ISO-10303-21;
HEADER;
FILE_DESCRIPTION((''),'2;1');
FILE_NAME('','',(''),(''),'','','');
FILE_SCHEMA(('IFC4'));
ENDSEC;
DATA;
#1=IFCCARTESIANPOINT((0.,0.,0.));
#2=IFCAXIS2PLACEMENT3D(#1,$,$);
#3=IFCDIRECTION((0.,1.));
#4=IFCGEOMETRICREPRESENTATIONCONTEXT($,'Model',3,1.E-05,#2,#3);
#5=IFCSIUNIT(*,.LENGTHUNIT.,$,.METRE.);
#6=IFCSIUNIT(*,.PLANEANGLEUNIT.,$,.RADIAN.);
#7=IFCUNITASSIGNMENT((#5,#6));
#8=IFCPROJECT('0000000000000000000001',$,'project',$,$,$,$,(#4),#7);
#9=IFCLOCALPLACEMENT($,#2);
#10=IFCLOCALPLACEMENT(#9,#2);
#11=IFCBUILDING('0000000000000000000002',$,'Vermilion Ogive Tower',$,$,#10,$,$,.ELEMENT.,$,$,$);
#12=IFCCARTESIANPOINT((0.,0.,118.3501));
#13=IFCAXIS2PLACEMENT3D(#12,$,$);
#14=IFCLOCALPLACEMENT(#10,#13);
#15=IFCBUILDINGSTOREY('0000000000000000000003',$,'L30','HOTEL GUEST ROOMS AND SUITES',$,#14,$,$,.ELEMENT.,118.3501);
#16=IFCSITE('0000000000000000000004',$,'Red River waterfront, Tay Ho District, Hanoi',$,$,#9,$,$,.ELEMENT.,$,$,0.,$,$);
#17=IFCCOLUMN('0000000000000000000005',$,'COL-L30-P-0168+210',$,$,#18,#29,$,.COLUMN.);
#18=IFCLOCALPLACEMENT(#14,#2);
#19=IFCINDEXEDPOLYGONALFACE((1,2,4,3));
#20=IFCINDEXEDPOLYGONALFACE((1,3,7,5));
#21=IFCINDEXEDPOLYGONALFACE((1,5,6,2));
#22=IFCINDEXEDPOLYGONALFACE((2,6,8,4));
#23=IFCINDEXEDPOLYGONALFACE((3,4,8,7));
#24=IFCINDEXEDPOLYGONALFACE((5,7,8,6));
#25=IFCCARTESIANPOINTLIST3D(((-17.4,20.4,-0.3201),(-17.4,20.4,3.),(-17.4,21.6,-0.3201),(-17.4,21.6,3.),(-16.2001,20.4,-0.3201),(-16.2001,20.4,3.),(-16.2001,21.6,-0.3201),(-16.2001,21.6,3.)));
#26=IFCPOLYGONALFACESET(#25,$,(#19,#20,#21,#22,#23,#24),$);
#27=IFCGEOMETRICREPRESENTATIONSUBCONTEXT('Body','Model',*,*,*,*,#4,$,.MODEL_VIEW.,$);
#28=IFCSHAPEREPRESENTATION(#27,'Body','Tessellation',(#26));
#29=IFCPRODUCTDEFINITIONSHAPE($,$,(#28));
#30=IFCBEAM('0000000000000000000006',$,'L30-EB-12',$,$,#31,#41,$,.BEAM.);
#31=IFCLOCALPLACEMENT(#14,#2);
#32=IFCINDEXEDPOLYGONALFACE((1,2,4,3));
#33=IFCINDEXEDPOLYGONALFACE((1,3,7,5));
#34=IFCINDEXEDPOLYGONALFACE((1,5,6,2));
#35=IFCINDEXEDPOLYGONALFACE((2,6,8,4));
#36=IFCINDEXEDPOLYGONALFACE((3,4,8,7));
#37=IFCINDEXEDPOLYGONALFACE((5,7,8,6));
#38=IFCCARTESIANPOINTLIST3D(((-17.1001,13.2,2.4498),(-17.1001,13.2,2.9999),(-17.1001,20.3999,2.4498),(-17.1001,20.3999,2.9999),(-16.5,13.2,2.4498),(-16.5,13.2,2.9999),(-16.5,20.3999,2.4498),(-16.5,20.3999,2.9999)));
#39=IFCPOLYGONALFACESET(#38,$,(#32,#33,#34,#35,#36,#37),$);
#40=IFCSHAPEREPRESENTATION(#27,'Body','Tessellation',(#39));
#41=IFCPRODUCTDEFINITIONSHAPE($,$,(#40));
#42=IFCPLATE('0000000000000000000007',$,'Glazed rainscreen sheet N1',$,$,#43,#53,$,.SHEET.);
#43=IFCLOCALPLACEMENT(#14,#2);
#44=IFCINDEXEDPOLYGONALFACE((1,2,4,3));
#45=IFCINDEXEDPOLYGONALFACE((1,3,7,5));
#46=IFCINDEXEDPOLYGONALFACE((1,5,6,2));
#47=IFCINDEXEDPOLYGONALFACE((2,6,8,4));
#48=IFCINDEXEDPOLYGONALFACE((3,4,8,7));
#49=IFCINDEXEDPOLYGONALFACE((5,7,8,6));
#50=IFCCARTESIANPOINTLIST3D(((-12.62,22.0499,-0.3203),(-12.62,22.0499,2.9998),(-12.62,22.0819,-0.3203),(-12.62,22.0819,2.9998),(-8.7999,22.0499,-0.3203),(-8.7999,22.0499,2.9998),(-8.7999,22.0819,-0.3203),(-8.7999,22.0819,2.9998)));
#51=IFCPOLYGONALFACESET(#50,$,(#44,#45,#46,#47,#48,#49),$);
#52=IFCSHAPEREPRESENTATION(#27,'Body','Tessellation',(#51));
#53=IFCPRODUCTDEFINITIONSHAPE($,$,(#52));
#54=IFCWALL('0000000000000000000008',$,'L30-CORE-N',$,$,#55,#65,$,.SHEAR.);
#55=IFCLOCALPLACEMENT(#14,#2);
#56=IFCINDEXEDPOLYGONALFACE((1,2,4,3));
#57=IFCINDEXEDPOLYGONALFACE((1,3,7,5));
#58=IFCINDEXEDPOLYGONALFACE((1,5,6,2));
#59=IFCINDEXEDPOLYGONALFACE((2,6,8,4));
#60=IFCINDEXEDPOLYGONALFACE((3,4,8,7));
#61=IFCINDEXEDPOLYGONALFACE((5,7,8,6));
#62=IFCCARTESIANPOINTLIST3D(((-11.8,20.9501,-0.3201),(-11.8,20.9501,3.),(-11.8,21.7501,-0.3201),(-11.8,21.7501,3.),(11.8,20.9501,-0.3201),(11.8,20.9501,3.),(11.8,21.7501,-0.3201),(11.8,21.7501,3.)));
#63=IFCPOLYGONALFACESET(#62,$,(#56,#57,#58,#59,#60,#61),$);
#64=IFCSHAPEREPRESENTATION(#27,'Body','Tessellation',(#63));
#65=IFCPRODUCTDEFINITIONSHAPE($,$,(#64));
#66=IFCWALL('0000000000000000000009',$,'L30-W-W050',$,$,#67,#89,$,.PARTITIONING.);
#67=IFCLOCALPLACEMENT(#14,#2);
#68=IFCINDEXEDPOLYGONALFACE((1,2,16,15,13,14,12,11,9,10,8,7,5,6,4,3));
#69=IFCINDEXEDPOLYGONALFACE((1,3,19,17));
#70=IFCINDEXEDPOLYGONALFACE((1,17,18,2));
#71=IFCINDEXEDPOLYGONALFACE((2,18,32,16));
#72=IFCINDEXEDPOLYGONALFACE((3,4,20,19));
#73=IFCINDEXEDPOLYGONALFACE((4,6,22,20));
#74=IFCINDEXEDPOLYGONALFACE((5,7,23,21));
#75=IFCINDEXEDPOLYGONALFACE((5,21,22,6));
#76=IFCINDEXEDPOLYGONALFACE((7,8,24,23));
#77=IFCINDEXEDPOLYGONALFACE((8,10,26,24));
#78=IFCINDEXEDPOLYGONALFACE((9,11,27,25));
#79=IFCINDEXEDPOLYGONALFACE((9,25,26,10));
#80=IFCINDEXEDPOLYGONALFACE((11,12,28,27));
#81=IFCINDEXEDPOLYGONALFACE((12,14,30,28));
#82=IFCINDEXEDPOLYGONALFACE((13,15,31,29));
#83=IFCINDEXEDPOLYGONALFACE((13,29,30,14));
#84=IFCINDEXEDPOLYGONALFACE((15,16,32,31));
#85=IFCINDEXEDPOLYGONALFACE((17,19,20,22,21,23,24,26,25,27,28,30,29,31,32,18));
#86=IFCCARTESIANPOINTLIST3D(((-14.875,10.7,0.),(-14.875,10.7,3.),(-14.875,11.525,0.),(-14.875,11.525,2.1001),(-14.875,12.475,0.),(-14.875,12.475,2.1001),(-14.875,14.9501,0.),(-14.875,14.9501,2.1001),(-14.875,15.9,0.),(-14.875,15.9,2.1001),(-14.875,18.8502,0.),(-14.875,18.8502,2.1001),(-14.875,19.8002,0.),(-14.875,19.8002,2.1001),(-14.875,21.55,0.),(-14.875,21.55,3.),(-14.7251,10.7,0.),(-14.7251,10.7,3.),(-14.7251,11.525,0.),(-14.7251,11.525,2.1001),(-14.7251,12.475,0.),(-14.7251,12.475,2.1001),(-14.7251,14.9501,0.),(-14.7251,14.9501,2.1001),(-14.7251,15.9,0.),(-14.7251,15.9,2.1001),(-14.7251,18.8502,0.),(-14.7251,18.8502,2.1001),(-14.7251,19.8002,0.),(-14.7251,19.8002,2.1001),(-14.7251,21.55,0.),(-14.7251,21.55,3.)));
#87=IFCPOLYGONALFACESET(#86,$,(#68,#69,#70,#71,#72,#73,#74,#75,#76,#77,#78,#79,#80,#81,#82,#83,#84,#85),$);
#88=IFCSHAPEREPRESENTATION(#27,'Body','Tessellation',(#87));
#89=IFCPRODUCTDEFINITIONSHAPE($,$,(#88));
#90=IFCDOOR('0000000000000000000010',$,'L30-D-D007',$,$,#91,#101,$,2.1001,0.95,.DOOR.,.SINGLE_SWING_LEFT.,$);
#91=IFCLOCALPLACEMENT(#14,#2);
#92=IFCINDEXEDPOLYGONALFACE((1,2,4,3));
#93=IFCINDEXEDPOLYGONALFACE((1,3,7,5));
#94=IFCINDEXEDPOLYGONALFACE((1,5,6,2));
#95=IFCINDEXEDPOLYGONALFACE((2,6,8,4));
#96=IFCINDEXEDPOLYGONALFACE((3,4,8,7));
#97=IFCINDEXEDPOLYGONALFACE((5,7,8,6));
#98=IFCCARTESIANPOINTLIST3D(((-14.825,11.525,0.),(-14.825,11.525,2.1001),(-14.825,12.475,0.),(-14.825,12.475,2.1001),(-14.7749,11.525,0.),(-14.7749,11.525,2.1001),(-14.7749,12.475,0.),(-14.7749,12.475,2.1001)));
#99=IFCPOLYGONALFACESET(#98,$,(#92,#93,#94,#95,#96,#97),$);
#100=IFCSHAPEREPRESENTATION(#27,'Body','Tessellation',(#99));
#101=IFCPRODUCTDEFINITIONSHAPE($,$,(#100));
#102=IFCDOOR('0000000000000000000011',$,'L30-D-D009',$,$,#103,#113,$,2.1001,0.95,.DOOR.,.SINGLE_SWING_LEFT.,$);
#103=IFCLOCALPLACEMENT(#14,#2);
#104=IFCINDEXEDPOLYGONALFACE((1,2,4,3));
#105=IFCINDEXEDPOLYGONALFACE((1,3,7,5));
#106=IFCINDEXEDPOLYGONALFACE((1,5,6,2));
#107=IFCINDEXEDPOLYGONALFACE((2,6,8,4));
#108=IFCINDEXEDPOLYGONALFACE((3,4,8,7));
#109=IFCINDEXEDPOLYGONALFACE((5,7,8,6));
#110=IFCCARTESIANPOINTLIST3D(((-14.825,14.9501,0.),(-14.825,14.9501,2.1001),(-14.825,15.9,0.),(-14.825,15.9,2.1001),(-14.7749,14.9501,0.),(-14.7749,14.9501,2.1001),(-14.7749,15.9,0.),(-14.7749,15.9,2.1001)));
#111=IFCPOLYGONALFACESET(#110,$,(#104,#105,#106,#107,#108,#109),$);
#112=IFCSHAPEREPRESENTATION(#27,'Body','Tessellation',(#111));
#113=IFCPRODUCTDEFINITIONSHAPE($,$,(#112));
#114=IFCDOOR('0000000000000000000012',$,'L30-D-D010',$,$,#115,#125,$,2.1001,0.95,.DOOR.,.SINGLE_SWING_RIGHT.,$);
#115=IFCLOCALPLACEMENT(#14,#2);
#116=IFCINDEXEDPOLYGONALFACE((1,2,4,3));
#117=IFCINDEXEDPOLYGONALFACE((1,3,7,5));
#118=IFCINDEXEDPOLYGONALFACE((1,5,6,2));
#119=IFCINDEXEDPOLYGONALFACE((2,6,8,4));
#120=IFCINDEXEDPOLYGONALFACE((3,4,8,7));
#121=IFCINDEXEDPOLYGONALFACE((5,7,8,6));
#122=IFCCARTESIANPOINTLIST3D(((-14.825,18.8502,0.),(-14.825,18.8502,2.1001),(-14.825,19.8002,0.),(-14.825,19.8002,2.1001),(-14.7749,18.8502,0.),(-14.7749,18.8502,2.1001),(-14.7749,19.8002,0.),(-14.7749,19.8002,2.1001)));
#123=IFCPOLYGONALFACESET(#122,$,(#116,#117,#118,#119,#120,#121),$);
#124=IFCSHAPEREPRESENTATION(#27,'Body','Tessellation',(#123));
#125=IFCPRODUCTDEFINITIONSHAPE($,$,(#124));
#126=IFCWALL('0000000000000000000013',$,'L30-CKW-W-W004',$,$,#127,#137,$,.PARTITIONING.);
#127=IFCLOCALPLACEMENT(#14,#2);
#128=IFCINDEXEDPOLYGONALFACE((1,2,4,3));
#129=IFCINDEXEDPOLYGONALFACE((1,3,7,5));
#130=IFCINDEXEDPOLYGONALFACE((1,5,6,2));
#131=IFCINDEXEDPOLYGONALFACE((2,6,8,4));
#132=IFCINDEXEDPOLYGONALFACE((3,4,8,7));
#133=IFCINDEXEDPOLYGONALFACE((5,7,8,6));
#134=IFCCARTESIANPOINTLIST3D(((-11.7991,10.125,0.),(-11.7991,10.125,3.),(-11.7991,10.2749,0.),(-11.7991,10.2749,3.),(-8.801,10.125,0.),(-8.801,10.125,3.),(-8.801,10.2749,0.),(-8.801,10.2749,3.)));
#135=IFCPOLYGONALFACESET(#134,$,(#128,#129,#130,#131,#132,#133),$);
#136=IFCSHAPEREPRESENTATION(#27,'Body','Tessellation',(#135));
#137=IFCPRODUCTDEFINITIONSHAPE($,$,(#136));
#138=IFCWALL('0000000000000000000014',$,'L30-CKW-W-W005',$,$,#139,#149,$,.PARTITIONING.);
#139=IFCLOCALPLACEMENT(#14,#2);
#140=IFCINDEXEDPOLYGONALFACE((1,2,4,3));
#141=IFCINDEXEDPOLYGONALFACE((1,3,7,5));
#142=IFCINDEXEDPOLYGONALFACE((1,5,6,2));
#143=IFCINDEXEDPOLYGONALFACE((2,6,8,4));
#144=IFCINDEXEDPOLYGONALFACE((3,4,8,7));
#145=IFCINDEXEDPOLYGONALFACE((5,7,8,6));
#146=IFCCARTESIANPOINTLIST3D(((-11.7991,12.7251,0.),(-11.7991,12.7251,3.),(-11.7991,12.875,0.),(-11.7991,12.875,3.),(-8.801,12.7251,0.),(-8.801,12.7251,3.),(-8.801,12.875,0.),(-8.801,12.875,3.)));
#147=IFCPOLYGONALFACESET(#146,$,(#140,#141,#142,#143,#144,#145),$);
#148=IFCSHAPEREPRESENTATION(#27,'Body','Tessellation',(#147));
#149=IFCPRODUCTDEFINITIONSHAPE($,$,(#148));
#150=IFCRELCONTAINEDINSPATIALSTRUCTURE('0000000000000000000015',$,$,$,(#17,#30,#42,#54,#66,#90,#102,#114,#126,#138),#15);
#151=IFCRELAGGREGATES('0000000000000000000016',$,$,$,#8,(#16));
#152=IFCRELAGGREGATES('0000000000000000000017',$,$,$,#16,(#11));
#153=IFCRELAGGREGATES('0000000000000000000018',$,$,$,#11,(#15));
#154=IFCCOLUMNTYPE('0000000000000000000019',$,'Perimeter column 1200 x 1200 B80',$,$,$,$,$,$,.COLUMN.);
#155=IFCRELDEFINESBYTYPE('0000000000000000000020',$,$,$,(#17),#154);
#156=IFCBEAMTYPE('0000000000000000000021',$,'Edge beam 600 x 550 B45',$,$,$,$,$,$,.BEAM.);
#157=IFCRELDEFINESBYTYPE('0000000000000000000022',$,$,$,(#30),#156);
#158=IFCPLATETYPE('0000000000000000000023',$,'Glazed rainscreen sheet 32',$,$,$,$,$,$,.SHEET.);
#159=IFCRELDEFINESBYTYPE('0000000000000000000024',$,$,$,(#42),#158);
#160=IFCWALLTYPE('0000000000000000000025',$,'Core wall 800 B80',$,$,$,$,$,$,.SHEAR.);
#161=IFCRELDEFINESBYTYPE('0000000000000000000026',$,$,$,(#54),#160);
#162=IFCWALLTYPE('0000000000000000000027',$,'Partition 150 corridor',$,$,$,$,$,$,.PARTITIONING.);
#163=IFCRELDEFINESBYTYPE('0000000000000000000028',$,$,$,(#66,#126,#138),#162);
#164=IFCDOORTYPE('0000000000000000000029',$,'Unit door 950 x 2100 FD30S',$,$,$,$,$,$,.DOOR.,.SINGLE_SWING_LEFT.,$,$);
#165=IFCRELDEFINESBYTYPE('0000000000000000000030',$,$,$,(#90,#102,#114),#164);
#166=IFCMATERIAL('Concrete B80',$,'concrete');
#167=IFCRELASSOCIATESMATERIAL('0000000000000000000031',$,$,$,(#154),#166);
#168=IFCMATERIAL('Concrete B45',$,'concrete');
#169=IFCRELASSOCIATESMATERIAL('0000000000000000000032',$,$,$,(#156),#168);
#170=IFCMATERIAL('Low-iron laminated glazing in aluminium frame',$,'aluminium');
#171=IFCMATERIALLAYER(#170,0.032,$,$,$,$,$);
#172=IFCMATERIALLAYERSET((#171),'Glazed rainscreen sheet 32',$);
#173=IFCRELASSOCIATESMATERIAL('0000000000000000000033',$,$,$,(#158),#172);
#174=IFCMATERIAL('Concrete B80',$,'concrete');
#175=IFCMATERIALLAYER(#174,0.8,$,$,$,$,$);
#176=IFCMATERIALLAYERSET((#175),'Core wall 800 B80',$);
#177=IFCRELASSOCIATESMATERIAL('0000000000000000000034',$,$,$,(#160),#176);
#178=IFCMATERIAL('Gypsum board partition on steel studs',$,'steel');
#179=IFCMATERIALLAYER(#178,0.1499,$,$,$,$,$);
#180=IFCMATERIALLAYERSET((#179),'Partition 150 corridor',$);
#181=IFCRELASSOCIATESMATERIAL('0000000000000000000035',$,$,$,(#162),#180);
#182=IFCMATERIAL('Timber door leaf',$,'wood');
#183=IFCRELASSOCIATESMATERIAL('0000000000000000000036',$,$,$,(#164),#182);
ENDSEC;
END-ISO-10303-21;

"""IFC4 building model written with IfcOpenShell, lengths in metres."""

from ifc_helpers import new_model, si_unit, direction, frame, frame_2d, origin, origin_2d, place, context, subcontext, project, spatial, rectangle, extrude, material, layer, layer_set, material_profile, profile_set, type_object, element, fill, save


model = new_model("IFC4")

# Units and contexts
model_context = context("Model", 3, precision=1e-05, world=origin(), true_north=direction((0.0, 1.0)))
body_context = subcontext(model_context, "Body", "Model", "MODEL_VIEW")
ifc_project = project(units=[si_unit("LENGTHUNIT", "METRE"), si_unit("PLANEANGLEUNIT", "RADIAN")], contexts=[model_context])

# Site, building, storey
site_placement = place(None, origin())
site = spatial("IfcSite", under=ifc_project, at=site_placement, Name="Red River waterfront, Tay Ho District, Hanoi", CompositionType="ELEMENT", RefElevation=0.0)
building_placement = place(site_placement, origin())
building = spatial("IfcBuilding", under=site, at=building_placement, Name="Vermilion Ogive Tower", CompositionType="ELEMENT")
storey_placement = place(building_placement, frame((0.0, 0.0, 118.3501)))
storey = spatial("IfcBuildingStorey", under=building, at=storey_placement, Name="L30", Description="HOTEL GUEST ROOMS AND SUITES", CompositionType="ELEMENT", Elevation=118.3501)

# Column
ifc_material_1 = material(Name="Concrete B80", Category="concrete")
ifc_material_profile_1 = material_profile(ifc_material_1, rectangle(XDim=1.2, YDim=1.2, at=origin_2d()), Name="1200 x 1200")
ifc_profile_set_1 = profile_set([ifc_material_profile_1], Name="Concrete B80")
column_type = type_object("IfcColumnType", Name="Perimeter column 1200 x 1200 B80", PredefinedType="COLUMN", material=ifc_profile_set_1)
column_placement = place(storey_placement, frame((-16.8, 21.0, -0.3201), z_axis=(0.0, 0.0, 1.0), x_axis=(1.0, 0.0, 0.0)))
element("IfcColumn", 1, at=column_placement, inside=storey, type_object=column_type, Name="COL-L30-P-0168+210", PredefinedType="COLUMN", context=body_context, shape_type="SweptSolid", body=[
    extrude(rectangle(XDim=1.2, YDim=1.2, at=origin_2d()), origin(), (0.0, 0.0, 1.0), 3.3201),
])

# Beam
ifc_material_2 = material(Name="Concrete B45", Category="concrete")
ifc_material_profile_2 = material_profile(ifc_material_2, rectangle(XDim=0.6001, YDim=0.55, at=origin_2d()), Name="600 x 550")
ifc_profile_set_2 = profile_set([ifc_material_profile_2], Name="Concrete B45")
beam_type = type_object("IfcBeamType", Name="Edge beam 600 x 550 B45", PredefinedType="BEAM", material=ifc_profile_set_2)
beam_placement = place(storey_placement, frame((-16.8, 20.3999, 2.7249), z_axis=(0.0, -1.0, 0.0), x_axis=(1.0, 0.0, 0.0)))
element("IfcBeam", 2, at=beam_placement, inside=storey, type_object=beam_type, Name="L30-EB-12", PredefinedType="BEAM", context=body_context, shape_type="SweptSolid", body=[
    extrude(rectangle(XDim=0.6001, YDim=0.55, at=origin_2d()), origin(), (0.0, 0.0, 1.0), 7.2),
])

# Plate
ifc_material_3 = material(Name="Low-iron laminated glazing in aluminium frame", Category="aluminium")
ifc_layer_1 = layer(ifc_material_3, 0.032)
ifc_layer_set_1 = layer_set([ifc_layer_1], Name="Glazed rainscreen sheet 32")
plate_type = type_object("IfcPlateType", Name="Glazed rainscreen sheet 32", PredefinedType="SHEET", material=ifc_layer_set_1)
plate_placement = place(storey_placement, frame((-10.71, 22.0659, -0.3203), z_axis=(0.0, 0.0, 1.0), x_axis=(1.0, 0.0, 0.0)))
element("IfcPlate", 3, at=plate_placement, inside=storey, type_object=plate_type, Name="Glazed rainscreen sheet N1", PredefinedType="SHEET", context=body_context, shape_type="SweptSolid", body=[
    extrude(rectangle(XDim=3.8201, YDim=0.032, at=origin_2d()), origin(), (0.0, 0.0, 1.0), 3.3201),
])

# Wall
ifc_material_4 = material(Name="Concrete B80", Category="concrete")
ifc_layer_2 = layer(ifc_material_4, 0.8)
ifc_layer_set_2 = layer_set([ifc_layer_2], Name="Core wall 800 B80")
wall_type_1 = type_object("IfcWallType", Name="Core wall 800 B80", PredefinedType="SHEAR", material=ifc_layer_set_2)
wall_1_placement = place(storey_placement, frame((-11.8, 21.3501, -0.3201), z_axis=(0.0, 0.0, 1.0), x_axis=(1.0, 0.0, 0.0)))
element("IfcWall", 4, at=wall_1_placement, inside=storey, type_object=wall_type_1, Name="L30-CORE-N", PredefinedType="SHEAR", context=body_context, shape_type="SweptSolid", body=[
    extrude(rectangle(XDim=23.6001, YDim=0.8, at=frame_2d((11.8, 0.0))), origin(), (0.0, 0.0, 1.0), 3.3201),
])

# Wall, openings, doors
ifc_material_5 = material(Name="Gypsum board partition on steel studs", Category="steel")
ifc_layer_3 = layer(ifc_material_5, 0.1499)
ifc_layer_set_3 = layer_set([ifc_layer_3], Name="Partition 150 corridor")
wall_type_2 = type_object("IfcWallType", Name="Partition 150 corridor", PredefinedType="PARTITIONING", material=ifc_layer_set_3)
wall_2_placement = place(storey_placement, frame((-14.8, 10.7, 0.0), z_axis=(0.0, 0.0, 1.0), x_axis=(0.0, 1.0, 0.0)))
wall_2 = element("IfcWall", 5, at=wall_2_placement, inside=storey, type_object=wall_type_2, Name="L30-W-W050", PredefinedType="PARTITIONING", context=body_context, shape_type="SweptSolid", body=[
    extrude(rectangle(XDim=10.8501, YDim=0.1499, at=frame_2d((5.425, 0.0))), origin(), (0.0, 0.0, 1.0), 3.0),
])
opening_1_placement = place(wall_2_placement, frame((0.825, 0.0, 0.0)))
opening_1 = element("IfcOpeningElement", 6, at=opening_1_placement, cuts=wall_2, PredefinedType="OPENING", context=body_context, shape_type="SweptSolid", body=[
    extrude(rectangle(XDim=0.95, YDim=2.1001, at=frame_2d((0.4751, 1.05))), frame((0.0, 0.085, 0.0), z_axis=(0.0, -1.0, 0.0), x_axis=(1.0, 0.0, 0.0)), (0.0, 0.0, 1.0), 0.1699),
])
opening_2_placement = place(wall_2_placement, frame((4.25, 0.0, 0.0)))
opening_2 = element("IfcOpeningElement", 7, at=opening_2_placement, cuts=wall_2, PredefinedType="OPENING", context=body_context, shape_type="SweptSolid", body=[
    extrude(rectangle(XDim=0.95, YDim=2.1001, at=frame_2d((0.4751, 1.05))), frame((0.0, 0.085, 0.0), z_axis=(0.0, -1.0, 0.0), x_axis=(1.0, 0.0, 0.0)), (0.0, 0.0, 1.0), 0.1699),
])
opening_3_placement = place(wall_2_placement, frame((8.1501, 0.0, 0.0)))
opening_3 = element("IfcOpeningElement", 8, at=opening_3_placement, cuts=wall_2, PredefinedType="OPENING", context=body_context, shape_type="SweptSolid", body=[
    extrude(rectangle(XDim=0.95, YDim=2.1001, at=frame_2d((0.4751, 1.05))), frame((0.0, 0.085, 0.0), z_axis=(0.0, -1.0, 0.0), x_axis=(1.0, 0.0, 0.0)), (0.0, 0.0, 1.0), 0.1699),
])
ifc_material_6 = material(Name="Timber door leaf", Category="wood")
door_type_1 = type_object("IfcDoorType", Name="Unit door 950 x 2100 FD30S", OperationType="SINGLE_SWING_LEFT", PredefinedType="DOOR", material=ifc_material_6)
door_1_placement = place(opening_1_placement, origin())
door_1 = element("IfcDoor", 9, at=door_1_placement, inside=storey, type_object=door_type_1, Name="L30-D-D007", OperationType="SINGLE_SWING_LEFT", OverallHeight=2.1001, OverallWidth=0.95, PredefinedType="DOOR", context=body_context, shape_type="SweptSolid", body=[
    extrude(rectangle(XDim=0.95, YDim=2.1001, at=frame_2d((0.4751, 1.05))), frame((0.0, 0.0249, 0.0), z_axis=(0.0, -1.0, 0.0), x_axis=(1.0, 0.0, 0.0)), (0.0, 0.0, 1.0), 0.05),
])
fill(opening_1, door_1)
door_2_placement = place(opening_2_placement, origin())
door_2 = element("IfcDoor", 10, at=door_2_placement, inside=storey, type_object=door_type_1, Name="L30-D-D009", OperationType="SINGLE_SWING_LEFT", OverallHeight=2.1001, OverallWidth=0.95, PredefinedType="DOOR", context=body_context, shape_type="SweptSolid", body=[
    extrude(rectangle(XDim=0.95, YDim=2.1001, at=frame_2d((0.4751, 1.05))), frame((0.0, 0.0249, 0.0), z_axis=(0.0, -1.0, 0.0), x_axis=(1.0, 0.0, 0.0)), (0.0, 0.0, 1.0), 0.05),
])
fill(opening_2, door_2)
door_3_placement = place(opening_3_placement, origin())
door_3 = element("IfcDoor", 11, at=door_3_placement, inside=storey, type_object=door_type_1, Name="L30-D-D010", OperationType="SINGLE_SWING_RIGHT", OverallHeight=2.1001, OverallWidth=0.95, PredefinedType="DOOR", context=body_context, shape_type="SweptSolid", body=[
    extrude(rectangle(XDim=0.95, YDim=2.1001, at=frame_2d((0.4751, 1.05))), frame((0.0, 0.0249, 0.0), z_axis=(0.0, -1.0, 0.0), x_axis=(1.0, 0.0, 0.0)), (0.0, 0.0, 1.0), 0.05),
])
fill(opening_3, door_3)

# Walls
for number, where, z_axis, x_axis, name in (
    (12, (-11.7991, 10.2, 0.0), (0.0, 0.0, 1.0), (1.0, 0.0, 0.0), "L30-CKW-W-W004"),
    (13, (-11.7991, 12.8, 0.0), (0.0, 0.0, 1.0), (1.0, 0.0, 0.0), "L30-CKW-W-W005"),
):
    element("IfcWall", number, at=place(storey_placement, frame(where, z_axis=z_axis, x_axis=x_axis)), inside=storey, type_object=wall_type_2, Name=name, PredefinedType="PARTITIONING", context=body_context, shape_type="SweptSolid", body=[
        extrude(rectangle(XDim=2.998, YDim=0.1499, at=frame_2d((1.499, 0.0))), origin(), (0.0, 0.0, 1.0), 3.0),
    ])

save(model, "model.ifc")
